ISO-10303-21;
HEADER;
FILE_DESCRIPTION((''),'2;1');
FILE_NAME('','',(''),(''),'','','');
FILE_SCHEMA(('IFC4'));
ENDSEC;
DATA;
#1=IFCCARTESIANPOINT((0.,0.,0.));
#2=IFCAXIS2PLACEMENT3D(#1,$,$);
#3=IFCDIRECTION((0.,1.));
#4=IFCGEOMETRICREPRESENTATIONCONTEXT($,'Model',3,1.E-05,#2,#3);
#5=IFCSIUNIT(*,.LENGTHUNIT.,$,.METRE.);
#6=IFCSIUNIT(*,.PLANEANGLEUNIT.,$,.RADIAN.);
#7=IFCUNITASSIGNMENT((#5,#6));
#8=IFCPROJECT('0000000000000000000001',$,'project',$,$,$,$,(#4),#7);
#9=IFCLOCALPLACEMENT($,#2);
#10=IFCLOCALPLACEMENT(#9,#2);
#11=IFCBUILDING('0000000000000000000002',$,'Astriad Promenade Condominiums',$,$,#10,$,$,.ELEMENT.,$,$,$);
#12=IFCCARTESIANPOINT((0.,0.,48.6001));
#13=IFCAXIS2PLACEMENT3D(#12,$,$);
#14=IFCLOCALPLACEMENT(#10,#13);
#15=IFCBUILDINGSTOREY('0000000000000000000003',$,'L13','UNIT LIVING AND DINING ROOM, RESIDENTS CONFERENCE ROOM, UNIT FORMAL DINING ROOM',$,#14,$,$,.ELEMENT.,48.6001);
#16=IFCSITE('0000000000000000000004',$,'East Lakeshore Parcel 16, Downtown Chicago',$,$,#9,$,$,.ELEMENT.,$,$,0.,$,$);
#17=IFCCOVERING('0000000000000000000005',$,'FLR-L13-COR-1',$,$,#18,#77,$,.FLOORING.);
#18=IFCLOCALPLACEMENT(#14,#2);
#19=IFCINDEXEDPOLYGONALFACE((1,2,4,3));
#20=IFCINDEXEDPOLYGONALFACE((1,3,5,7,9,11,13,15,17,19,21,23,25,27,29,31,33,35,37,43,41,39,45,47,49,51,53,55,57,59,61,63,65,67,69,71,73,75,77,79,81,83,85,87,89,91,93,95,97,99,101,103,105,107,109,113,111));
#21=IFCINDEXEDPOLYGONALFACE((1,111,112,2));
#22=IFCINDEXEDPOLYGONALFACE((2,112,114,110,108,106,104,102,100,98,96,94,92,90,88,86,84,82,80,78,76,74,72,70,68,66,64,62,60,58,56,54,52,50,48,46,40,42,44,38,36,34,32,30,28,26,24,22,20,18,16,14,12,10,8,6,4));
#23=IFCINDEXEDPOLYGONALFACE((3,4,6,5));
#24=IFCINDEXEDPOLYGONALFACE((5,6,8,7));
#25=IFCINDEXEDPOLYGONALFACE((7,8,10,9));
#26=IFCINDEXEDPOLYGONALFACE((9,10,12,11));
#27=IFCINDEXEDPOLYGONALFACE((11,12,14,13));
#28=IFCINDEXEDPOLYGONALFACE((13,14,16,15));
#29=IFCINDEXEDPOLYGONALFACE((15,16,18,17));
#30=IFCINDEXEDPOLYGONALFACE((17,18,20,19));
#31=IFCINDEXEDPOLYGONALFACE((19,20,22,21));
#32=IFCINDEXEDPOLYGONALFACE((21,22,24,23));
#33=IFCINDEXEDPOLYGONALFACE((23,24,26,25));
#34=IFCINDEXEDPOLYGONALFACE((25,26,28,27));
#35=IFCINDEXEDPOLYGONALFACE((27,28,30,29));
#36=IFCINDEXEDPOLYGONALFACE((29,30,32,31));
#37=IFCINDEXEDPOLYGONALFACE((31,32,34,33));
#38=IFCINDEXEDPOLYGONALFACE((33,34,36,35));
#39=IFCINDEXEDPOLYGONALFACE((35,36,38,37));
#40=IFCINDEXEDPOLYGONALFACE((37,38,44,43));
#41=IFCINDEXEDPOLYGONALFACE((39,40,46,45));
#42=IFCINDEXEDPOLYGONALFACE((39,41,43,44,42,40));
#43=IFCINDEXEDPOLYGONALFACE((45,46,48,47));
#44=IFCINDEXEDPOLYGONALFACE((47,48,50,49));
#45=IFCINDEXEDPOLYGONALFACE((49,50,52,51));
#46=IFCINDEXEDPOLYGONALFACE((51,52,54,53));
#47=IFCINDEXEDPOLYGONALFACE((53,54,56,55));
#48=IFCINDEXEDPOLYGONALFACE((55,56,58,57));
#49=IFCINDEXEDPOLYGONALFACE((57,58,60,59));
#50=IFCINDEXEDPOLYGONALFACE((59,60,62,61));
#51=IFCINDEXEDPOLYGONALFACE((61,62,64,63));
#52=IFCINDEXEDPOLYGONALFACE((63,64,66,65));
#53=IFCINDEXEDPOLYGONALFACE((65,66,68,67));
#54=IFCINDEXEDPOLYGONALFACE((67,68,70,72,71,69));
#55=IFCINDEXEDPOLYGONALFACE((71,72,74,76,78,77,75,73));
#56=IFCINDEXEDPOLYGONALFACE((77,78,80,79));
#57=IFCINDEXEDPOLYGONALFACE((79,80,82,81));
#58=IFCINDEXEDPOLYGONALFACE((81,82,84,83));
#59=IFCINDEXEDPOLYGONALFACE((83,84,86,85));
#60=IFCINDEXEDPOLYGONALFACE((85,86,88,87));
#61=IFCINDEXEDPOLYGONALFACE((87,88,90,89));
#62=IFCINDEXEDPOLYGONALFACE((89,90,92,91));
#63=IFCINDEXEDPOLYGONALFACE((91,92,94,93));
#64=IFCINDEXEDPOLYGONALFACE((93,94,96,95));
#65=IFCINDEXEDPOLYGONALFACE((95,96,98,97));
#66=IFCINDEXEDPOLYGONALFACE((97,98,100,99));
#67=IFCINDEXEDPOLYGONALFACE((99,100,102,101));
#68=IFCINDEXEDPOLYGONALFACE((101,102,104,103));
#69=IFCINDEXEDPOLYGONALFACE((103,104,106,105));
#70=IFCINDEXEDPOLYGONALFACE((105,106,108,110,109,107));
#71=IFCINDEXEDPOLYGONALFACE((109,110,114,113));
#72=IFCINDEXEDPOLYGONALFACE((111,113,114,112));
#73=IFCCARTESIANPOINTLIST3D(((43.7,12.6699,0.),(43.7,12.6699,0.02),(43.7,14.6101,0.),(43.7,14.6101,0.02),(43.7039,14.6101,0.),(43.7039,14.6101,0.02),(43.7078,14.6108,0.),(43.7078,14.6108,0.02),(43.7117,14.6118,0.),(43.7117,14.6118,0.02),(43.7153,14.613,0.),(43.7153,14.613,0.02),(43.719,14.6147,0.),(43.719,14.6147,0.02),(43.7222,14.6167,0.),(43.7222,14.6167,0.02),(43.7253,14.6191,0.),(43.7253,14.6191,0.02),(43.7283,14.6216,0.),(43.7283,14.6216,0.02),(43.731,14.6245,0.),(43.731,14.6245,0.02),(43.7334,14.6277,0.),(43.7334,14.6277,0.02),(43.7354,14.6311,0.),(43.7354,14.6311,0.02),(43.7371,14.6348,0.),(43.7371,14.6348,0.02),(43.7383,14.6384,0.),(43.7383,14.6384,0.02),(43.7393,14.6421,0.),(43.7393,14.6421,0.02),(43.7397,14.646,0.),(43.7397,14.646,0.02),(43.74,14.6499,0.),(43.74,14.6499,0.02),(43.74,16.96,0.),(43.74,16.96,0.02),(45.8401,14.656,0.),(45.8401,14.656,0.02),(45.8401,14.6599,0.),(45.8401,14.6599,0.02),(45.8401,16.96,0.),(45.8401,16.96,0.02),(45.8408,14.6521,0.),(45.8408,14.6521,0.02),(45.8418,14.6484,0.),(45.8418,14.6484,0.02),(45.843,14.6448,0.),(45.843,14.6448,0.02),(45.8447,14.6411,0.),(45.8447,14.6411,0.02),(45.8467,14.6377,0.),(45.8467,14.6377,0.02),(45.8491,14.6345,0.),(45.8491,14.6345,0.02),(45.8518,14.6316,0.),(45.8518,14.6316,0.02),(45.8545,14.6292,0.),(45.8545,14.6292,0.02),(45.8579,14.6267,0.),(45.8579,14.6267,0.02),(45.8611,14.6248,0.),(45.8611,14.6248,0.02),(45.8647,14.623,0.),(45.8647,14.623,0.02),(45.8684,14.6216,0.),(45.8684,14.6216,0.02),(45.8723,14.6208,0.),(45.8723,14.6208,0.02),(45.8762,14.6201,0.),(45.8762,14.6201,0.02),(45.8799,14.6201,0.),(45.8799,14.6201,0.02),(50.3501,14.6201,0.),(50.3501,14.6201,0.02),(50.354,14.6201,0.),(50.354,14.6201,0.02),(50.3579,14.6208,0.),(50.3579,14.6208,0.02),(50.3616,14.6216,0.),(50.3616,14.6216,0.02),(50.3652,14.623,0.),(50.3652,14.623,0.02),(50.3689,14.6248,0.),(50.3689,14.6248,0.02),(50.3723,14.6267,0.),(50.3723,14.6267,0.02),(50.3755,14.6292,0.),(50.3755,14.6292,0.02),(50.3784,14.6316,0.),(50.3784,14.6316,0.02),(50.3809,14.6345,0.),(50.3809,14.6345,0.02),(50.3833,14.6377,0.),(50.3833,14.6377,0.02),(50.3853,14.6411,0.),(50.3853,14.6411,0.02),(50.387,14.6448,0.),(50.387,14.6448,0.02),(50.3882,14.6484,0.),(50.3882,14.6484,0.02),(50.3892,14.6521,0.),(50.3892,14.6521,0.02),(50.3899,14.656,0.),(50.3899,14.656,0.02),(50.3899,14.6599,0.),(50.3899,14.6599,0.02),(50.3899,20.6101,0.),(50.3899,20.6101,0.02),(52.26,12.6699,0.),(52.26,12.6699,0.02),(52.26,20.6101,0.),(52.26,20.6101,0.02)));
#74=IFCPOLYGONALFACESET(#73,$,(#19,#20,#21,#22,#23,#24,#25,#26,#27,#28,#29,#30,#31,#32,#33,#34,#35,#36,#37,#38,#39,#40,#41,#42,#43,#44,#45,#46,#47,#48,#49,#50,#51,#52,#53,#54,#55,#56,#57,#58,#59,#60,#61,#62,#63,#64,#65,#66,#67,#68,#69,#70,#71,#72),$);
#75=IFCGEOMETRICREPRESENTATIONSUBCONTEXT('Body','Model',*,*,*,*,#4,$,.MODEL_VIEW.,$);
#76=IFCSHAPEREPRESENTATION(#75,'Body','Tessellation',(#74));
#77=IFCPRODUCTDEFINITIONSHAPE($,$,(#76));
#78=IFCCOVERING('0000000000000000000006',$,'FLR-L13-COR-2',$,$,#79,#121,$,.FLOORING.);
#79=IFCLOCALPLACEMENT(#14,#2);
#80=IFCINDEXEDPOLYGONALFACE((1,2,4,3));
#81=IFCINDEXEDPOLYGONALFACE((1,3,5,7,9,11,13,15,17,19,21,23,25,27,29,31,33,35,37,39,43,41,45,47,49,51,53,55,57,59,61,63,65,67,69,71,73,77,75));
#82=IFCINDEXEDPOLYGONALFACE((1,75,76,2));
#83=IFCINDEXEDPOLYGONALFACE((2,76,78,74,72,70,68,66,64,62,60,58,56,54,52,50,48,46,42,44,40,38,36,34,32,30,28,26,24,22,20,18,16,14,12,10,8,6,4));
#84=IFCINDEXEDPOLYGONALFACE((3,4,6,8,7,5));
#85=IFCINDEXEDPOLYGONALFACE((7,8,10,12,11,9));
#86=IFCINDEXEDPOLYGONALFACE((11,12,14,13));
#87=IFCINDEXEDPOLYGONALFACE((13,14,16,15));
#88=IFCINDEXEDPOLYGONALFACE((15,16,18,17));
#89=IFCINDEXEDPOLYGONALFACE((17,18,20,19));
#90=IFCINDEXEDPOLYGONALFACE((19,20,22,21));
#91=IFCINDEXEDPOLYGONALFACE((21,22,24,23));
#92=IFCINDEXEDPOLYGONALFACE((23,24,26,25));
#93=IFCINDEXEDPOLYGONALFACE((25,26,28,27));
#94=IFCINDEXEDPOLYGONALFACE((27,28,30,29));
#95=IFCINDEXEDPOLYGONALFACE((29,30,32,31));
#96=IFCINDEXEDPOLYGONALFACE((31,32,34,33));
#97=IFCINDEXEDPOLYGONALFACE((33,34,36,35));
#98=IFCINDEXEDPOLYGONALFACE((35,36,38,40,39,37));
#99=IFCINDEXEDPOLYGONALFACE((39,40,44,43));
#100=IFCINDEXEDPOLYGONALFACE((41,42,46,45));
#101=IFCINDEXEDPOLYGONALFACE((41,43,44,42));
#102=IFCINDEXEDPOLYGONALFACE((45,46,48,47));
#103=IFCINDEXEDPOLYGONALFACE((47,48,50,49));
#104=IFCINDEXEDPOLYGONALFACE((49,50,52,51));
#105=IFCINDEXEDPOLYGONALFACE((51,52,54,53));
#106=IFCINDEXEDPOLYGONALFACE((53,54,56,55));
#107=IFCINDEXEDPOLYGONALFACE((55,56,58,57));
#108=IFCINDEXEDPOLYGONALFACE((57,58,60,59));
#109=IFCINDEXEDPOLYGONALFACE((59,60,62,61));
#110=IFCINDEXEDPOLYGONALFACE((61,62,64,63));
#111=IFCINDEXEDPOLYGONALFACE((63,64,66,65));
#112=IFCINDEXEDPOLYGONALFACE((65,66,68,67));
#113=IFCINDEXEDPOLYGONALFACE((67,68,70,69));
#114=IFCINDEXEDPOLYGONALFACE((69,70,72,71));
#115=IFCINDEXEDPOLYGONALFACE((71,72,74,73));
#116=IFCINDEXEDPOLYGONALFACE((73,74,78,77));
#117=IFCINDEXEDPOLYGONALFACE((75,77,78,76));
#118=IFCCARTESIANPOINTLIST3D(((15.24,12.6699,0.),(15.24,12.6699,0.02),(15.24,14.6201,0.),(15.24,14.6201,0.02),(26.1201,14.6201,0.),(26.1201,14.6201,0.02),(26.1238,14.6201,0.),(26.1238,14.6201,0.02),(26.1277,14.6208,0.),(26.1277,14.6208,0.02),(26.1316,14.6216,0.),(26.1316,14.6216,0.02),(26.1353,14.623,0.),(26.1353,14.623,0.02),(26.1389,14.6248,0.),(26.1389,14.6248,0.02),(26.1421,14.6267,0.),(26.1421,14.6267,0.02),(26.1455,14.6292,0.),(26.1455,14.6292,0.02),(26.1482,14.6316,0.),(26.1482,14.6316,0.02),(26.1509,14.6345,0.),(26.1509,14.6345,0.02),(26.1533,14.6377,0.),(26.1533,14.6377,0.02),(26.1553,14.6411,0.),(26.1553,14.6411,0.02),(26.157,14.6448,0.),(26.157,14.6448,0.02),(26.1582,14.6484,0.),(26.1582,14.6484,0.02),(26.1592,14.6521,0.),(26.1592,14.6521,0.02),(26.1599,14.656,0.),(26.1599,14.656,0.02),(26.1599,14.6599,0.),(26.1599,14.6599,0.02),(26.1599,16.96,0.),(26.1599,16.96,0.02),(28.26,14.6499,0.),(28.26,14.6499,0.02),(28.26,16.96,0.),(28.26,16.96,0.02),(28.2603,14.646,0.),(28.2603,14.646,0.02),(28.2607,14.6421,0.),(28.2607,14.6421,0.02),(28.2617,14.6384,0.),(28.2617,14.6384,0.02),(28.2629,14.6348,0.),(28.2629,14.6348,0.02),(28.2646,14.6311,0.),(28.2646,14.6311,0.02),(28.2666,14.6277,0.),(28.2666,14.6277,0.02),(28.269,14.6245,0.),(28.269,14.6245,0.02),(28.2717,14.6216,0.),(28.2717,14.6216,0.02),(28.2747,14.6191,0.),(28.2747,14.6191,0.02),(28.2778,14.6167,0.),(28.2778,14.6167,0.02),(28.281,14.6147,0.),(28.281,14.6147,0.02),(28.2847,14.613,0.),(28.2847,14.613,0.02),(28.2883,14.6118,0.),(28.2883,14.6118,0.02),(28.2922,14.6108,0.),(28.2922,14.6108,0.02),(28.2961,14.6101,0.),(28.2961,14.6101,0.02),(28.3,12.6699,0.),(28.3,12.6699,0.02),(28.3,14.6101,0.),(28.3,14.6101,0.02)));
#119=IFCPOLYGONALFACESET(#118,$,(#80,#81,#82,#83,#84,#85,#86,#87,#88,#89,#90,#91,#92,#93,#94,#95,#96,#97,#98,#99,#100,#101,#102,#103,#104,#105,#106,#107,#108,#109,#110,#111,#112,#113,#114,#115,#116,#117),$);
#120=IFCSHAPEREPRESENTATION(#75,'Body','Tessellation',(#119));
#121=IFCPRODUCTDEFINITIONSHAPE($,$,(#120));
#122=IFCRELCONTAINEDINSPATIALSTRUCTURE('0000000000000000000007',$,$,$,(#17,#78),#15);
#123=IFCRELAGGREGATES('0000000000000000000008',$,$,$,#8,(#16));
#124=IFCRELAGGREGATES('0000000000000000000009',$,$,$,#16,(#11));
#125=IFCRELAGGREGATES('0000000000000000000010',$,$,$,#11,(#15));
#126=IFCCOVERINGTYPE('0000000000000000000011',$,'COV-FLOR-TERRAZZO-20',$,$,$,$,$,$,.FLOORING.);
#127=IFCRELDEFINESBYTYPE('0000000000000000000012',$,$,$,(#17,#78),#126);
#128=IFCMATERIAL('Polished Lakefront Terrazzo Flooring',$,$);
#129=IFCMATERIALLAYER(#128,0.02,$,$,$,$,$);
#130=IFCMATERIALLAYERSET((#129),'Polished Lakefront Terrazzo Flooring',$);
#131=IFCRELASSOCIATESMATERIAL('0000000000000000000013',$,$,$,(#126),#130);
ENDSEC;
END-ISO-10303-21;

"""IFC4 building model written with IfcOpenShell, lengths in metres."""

from ifc_helpers import new_model, si_unit, direction, frame, origin, place, context, subcontext, project, spatial, polyline, outline, extrude, material, layer, layer_set, type_object, element, save


model = new_model("IFC4")

# Units and contexts
model_context = context("Model", 3, precision=1e-05, world=origin(), true_north=direction((0.0, 1.0)))
body_context = subcontext(model_context, "Body", "Model", "MODEL_VIEW")
ifc_project = project(units=[si_unit("LENGTHUNIT", "METRE"), si_unit("PLANEANGLEUNIT", "RADIAN")], contexts=[model_context])

# Site, building, storey
site_placement = place(None, origin())
site = spatial("IfcSite", under=ifc_project, at=site_placement, Name="East Lakeshore Parcel 16, Downtown Chicago", CompositionType="ELEMENT", RefElevation=0.0)
building_placement = place(site_placement, origin())
building = spatial("IfcBuilding", under=site, at=building_placement, Name="Astriad Promenade Condominiums", CompositionType="ELEMENT")
storey_placement = place(building_placement, frame((0.0, 0.0, 48.6001)))
storey = spatial("IfcBuildingStorey", under=building, at=storey_placement, Name="L13", Description="UNIT LIVING AND DINING ROOM, RESIDENTS CONFERENCE ROOM, UNIT FORMAL DINING ROOM", CompositionType="ELEMENT", Elevation=48.6001)

# Coverings
ifc_material_1 = material(Name="Polished Lakefront Terrazzo Flooring")
ifc_layer_1 = layer(ifc_material_1, 0.02)
ifc_layer_set_1 = layer_set([ifc_layer_1], Name="Polished Lakefront Terrazzo Flooring")
covering_type = type_object("IfcCoveringType", Name="COV-FLOR-TERRAZZO-20", PredefinedType="FLOORING", material=ifc_layer_set_1)
covering_1_placement = place(storey_placement, origin())
element("IfcCovering", 1, at=covering_1_placement, inside=storey, type_object=covering_type, Name="FLR-L13-COR-1", PredefinedType="FLOORING", context=body_context, shape_type="SweptSolid", body=[
    extrude(outline(polyline([(43.7, 12.6699), (43.7, 14.6101), (43.7039, 14.6101), (43.7078, 14.6108), (43.7117, 14.6118), (43.7153, 14.613), (43.719, 14.6147), (43.7222, 14.6167), (43.7253, 14.6191), (43.7283, 14.6216), (43.731, 14.6245), (43.7334, 14.6277), (43.7354, 14.6311), (43.7371, 14.6348), (43.7383, 14.6384), (43.7393, 14.6421), (43.7397, 14.646), (43.74, 14.6499), (43.74, 16.96), (45.8401, 16.96), (45.8401, 14.6599), (45.8401, 14.656), (45.8408, 14.6521), (45.8418, 14.6484), (45.843, 14.6448), (45.8447, 14.6411), (45.8467, 14.6377), (45.8491, 14.6345), (45.8518, 14.6316), (45.8545, 14.6292), (45.8579, 14.6267), (45.8611, 14.6248), (45.8647, 14.623), (45.8684, 14.6216), (45.8723, 14.6208), (45.8762, 14.6201), (45.8799, 14.6201), (50.3501, 14.6201), (50.354, 14.6201), (50.3579, 14.6208), (50.3616, 14.6216), (50.3652, 14.623), (50.3689, 14.6248), (50.3723, 14.6267), (50.3755, 14.6292), (50.3784, 14.6316), (50.3809, 14.6345), (50.3833, 14.6377), (50.3853, 14.6411), (50.387, 14.6448), (50.3882, 14.6484), (50.3892, 14.6521), (50.3899, 14.656), (50.3899, 14.6599), (50.3899, 20.6101), (52.26, 20.6101), (52.26, 12.6699), (43.7, 12.6699)])), origin(), (0.0, 0.0, 1.0), 0.02),
])
covering_2_placement = place(storey_placement, origin())
element("IfcCovering", 2, at=covering_2_placement, inside=storey, type_object=covering_type, Name="FLR-L13-COR-2", PredefinedType="FLOORING", context=body_context, shape_type="SweptSolid", body=[
    extrude(outline(polyline([(28.3, 12.6699), (15.24, 12.6699), (15.24, 14.6201), (26.1201, 14.6201), (26.1238, 14.6201), (26.1277, 14.6208), (26.1316, 14.6216), (26.1353, 14.623), (26.1389, 14.6248), (26.1421, 14.6267), (26.1455, 14.6292), (26.1482, 14.6316), (26.1509, 14.6345), (26.1533, 14.6377), (26.1553, 14.6411), (26.157, 14.6448), (26.1582, 14.6484), (26.1592, 14.6521), (26.1599, 14.656), (26.1599, 14.6599), (26.1599, 16.96), (28.26, 16.96), (28.26, 14.6499), (28.2603, 14.646), (28.2607, 14.6421), (28.2617, 14.6384), (28.2629, 14.6348), (28.2646, 14.6311), (28.2666, 14.6277), (28.269, 14.6245), (28.2717, 14.6216), (28.2747, 14.6191), (28.2778, 14.6167), (28.281, 14.6147), (28.2847, 14.613), (28.2883, 14.6118), (28.2922, 14.6108), (28.2961, 14.6101), (28.3, 14.6101), (28.3, 12.6699)])), origin(), (0.0, 0.0, 1.0), 0.02),
])

save(model, "model.ifc")
